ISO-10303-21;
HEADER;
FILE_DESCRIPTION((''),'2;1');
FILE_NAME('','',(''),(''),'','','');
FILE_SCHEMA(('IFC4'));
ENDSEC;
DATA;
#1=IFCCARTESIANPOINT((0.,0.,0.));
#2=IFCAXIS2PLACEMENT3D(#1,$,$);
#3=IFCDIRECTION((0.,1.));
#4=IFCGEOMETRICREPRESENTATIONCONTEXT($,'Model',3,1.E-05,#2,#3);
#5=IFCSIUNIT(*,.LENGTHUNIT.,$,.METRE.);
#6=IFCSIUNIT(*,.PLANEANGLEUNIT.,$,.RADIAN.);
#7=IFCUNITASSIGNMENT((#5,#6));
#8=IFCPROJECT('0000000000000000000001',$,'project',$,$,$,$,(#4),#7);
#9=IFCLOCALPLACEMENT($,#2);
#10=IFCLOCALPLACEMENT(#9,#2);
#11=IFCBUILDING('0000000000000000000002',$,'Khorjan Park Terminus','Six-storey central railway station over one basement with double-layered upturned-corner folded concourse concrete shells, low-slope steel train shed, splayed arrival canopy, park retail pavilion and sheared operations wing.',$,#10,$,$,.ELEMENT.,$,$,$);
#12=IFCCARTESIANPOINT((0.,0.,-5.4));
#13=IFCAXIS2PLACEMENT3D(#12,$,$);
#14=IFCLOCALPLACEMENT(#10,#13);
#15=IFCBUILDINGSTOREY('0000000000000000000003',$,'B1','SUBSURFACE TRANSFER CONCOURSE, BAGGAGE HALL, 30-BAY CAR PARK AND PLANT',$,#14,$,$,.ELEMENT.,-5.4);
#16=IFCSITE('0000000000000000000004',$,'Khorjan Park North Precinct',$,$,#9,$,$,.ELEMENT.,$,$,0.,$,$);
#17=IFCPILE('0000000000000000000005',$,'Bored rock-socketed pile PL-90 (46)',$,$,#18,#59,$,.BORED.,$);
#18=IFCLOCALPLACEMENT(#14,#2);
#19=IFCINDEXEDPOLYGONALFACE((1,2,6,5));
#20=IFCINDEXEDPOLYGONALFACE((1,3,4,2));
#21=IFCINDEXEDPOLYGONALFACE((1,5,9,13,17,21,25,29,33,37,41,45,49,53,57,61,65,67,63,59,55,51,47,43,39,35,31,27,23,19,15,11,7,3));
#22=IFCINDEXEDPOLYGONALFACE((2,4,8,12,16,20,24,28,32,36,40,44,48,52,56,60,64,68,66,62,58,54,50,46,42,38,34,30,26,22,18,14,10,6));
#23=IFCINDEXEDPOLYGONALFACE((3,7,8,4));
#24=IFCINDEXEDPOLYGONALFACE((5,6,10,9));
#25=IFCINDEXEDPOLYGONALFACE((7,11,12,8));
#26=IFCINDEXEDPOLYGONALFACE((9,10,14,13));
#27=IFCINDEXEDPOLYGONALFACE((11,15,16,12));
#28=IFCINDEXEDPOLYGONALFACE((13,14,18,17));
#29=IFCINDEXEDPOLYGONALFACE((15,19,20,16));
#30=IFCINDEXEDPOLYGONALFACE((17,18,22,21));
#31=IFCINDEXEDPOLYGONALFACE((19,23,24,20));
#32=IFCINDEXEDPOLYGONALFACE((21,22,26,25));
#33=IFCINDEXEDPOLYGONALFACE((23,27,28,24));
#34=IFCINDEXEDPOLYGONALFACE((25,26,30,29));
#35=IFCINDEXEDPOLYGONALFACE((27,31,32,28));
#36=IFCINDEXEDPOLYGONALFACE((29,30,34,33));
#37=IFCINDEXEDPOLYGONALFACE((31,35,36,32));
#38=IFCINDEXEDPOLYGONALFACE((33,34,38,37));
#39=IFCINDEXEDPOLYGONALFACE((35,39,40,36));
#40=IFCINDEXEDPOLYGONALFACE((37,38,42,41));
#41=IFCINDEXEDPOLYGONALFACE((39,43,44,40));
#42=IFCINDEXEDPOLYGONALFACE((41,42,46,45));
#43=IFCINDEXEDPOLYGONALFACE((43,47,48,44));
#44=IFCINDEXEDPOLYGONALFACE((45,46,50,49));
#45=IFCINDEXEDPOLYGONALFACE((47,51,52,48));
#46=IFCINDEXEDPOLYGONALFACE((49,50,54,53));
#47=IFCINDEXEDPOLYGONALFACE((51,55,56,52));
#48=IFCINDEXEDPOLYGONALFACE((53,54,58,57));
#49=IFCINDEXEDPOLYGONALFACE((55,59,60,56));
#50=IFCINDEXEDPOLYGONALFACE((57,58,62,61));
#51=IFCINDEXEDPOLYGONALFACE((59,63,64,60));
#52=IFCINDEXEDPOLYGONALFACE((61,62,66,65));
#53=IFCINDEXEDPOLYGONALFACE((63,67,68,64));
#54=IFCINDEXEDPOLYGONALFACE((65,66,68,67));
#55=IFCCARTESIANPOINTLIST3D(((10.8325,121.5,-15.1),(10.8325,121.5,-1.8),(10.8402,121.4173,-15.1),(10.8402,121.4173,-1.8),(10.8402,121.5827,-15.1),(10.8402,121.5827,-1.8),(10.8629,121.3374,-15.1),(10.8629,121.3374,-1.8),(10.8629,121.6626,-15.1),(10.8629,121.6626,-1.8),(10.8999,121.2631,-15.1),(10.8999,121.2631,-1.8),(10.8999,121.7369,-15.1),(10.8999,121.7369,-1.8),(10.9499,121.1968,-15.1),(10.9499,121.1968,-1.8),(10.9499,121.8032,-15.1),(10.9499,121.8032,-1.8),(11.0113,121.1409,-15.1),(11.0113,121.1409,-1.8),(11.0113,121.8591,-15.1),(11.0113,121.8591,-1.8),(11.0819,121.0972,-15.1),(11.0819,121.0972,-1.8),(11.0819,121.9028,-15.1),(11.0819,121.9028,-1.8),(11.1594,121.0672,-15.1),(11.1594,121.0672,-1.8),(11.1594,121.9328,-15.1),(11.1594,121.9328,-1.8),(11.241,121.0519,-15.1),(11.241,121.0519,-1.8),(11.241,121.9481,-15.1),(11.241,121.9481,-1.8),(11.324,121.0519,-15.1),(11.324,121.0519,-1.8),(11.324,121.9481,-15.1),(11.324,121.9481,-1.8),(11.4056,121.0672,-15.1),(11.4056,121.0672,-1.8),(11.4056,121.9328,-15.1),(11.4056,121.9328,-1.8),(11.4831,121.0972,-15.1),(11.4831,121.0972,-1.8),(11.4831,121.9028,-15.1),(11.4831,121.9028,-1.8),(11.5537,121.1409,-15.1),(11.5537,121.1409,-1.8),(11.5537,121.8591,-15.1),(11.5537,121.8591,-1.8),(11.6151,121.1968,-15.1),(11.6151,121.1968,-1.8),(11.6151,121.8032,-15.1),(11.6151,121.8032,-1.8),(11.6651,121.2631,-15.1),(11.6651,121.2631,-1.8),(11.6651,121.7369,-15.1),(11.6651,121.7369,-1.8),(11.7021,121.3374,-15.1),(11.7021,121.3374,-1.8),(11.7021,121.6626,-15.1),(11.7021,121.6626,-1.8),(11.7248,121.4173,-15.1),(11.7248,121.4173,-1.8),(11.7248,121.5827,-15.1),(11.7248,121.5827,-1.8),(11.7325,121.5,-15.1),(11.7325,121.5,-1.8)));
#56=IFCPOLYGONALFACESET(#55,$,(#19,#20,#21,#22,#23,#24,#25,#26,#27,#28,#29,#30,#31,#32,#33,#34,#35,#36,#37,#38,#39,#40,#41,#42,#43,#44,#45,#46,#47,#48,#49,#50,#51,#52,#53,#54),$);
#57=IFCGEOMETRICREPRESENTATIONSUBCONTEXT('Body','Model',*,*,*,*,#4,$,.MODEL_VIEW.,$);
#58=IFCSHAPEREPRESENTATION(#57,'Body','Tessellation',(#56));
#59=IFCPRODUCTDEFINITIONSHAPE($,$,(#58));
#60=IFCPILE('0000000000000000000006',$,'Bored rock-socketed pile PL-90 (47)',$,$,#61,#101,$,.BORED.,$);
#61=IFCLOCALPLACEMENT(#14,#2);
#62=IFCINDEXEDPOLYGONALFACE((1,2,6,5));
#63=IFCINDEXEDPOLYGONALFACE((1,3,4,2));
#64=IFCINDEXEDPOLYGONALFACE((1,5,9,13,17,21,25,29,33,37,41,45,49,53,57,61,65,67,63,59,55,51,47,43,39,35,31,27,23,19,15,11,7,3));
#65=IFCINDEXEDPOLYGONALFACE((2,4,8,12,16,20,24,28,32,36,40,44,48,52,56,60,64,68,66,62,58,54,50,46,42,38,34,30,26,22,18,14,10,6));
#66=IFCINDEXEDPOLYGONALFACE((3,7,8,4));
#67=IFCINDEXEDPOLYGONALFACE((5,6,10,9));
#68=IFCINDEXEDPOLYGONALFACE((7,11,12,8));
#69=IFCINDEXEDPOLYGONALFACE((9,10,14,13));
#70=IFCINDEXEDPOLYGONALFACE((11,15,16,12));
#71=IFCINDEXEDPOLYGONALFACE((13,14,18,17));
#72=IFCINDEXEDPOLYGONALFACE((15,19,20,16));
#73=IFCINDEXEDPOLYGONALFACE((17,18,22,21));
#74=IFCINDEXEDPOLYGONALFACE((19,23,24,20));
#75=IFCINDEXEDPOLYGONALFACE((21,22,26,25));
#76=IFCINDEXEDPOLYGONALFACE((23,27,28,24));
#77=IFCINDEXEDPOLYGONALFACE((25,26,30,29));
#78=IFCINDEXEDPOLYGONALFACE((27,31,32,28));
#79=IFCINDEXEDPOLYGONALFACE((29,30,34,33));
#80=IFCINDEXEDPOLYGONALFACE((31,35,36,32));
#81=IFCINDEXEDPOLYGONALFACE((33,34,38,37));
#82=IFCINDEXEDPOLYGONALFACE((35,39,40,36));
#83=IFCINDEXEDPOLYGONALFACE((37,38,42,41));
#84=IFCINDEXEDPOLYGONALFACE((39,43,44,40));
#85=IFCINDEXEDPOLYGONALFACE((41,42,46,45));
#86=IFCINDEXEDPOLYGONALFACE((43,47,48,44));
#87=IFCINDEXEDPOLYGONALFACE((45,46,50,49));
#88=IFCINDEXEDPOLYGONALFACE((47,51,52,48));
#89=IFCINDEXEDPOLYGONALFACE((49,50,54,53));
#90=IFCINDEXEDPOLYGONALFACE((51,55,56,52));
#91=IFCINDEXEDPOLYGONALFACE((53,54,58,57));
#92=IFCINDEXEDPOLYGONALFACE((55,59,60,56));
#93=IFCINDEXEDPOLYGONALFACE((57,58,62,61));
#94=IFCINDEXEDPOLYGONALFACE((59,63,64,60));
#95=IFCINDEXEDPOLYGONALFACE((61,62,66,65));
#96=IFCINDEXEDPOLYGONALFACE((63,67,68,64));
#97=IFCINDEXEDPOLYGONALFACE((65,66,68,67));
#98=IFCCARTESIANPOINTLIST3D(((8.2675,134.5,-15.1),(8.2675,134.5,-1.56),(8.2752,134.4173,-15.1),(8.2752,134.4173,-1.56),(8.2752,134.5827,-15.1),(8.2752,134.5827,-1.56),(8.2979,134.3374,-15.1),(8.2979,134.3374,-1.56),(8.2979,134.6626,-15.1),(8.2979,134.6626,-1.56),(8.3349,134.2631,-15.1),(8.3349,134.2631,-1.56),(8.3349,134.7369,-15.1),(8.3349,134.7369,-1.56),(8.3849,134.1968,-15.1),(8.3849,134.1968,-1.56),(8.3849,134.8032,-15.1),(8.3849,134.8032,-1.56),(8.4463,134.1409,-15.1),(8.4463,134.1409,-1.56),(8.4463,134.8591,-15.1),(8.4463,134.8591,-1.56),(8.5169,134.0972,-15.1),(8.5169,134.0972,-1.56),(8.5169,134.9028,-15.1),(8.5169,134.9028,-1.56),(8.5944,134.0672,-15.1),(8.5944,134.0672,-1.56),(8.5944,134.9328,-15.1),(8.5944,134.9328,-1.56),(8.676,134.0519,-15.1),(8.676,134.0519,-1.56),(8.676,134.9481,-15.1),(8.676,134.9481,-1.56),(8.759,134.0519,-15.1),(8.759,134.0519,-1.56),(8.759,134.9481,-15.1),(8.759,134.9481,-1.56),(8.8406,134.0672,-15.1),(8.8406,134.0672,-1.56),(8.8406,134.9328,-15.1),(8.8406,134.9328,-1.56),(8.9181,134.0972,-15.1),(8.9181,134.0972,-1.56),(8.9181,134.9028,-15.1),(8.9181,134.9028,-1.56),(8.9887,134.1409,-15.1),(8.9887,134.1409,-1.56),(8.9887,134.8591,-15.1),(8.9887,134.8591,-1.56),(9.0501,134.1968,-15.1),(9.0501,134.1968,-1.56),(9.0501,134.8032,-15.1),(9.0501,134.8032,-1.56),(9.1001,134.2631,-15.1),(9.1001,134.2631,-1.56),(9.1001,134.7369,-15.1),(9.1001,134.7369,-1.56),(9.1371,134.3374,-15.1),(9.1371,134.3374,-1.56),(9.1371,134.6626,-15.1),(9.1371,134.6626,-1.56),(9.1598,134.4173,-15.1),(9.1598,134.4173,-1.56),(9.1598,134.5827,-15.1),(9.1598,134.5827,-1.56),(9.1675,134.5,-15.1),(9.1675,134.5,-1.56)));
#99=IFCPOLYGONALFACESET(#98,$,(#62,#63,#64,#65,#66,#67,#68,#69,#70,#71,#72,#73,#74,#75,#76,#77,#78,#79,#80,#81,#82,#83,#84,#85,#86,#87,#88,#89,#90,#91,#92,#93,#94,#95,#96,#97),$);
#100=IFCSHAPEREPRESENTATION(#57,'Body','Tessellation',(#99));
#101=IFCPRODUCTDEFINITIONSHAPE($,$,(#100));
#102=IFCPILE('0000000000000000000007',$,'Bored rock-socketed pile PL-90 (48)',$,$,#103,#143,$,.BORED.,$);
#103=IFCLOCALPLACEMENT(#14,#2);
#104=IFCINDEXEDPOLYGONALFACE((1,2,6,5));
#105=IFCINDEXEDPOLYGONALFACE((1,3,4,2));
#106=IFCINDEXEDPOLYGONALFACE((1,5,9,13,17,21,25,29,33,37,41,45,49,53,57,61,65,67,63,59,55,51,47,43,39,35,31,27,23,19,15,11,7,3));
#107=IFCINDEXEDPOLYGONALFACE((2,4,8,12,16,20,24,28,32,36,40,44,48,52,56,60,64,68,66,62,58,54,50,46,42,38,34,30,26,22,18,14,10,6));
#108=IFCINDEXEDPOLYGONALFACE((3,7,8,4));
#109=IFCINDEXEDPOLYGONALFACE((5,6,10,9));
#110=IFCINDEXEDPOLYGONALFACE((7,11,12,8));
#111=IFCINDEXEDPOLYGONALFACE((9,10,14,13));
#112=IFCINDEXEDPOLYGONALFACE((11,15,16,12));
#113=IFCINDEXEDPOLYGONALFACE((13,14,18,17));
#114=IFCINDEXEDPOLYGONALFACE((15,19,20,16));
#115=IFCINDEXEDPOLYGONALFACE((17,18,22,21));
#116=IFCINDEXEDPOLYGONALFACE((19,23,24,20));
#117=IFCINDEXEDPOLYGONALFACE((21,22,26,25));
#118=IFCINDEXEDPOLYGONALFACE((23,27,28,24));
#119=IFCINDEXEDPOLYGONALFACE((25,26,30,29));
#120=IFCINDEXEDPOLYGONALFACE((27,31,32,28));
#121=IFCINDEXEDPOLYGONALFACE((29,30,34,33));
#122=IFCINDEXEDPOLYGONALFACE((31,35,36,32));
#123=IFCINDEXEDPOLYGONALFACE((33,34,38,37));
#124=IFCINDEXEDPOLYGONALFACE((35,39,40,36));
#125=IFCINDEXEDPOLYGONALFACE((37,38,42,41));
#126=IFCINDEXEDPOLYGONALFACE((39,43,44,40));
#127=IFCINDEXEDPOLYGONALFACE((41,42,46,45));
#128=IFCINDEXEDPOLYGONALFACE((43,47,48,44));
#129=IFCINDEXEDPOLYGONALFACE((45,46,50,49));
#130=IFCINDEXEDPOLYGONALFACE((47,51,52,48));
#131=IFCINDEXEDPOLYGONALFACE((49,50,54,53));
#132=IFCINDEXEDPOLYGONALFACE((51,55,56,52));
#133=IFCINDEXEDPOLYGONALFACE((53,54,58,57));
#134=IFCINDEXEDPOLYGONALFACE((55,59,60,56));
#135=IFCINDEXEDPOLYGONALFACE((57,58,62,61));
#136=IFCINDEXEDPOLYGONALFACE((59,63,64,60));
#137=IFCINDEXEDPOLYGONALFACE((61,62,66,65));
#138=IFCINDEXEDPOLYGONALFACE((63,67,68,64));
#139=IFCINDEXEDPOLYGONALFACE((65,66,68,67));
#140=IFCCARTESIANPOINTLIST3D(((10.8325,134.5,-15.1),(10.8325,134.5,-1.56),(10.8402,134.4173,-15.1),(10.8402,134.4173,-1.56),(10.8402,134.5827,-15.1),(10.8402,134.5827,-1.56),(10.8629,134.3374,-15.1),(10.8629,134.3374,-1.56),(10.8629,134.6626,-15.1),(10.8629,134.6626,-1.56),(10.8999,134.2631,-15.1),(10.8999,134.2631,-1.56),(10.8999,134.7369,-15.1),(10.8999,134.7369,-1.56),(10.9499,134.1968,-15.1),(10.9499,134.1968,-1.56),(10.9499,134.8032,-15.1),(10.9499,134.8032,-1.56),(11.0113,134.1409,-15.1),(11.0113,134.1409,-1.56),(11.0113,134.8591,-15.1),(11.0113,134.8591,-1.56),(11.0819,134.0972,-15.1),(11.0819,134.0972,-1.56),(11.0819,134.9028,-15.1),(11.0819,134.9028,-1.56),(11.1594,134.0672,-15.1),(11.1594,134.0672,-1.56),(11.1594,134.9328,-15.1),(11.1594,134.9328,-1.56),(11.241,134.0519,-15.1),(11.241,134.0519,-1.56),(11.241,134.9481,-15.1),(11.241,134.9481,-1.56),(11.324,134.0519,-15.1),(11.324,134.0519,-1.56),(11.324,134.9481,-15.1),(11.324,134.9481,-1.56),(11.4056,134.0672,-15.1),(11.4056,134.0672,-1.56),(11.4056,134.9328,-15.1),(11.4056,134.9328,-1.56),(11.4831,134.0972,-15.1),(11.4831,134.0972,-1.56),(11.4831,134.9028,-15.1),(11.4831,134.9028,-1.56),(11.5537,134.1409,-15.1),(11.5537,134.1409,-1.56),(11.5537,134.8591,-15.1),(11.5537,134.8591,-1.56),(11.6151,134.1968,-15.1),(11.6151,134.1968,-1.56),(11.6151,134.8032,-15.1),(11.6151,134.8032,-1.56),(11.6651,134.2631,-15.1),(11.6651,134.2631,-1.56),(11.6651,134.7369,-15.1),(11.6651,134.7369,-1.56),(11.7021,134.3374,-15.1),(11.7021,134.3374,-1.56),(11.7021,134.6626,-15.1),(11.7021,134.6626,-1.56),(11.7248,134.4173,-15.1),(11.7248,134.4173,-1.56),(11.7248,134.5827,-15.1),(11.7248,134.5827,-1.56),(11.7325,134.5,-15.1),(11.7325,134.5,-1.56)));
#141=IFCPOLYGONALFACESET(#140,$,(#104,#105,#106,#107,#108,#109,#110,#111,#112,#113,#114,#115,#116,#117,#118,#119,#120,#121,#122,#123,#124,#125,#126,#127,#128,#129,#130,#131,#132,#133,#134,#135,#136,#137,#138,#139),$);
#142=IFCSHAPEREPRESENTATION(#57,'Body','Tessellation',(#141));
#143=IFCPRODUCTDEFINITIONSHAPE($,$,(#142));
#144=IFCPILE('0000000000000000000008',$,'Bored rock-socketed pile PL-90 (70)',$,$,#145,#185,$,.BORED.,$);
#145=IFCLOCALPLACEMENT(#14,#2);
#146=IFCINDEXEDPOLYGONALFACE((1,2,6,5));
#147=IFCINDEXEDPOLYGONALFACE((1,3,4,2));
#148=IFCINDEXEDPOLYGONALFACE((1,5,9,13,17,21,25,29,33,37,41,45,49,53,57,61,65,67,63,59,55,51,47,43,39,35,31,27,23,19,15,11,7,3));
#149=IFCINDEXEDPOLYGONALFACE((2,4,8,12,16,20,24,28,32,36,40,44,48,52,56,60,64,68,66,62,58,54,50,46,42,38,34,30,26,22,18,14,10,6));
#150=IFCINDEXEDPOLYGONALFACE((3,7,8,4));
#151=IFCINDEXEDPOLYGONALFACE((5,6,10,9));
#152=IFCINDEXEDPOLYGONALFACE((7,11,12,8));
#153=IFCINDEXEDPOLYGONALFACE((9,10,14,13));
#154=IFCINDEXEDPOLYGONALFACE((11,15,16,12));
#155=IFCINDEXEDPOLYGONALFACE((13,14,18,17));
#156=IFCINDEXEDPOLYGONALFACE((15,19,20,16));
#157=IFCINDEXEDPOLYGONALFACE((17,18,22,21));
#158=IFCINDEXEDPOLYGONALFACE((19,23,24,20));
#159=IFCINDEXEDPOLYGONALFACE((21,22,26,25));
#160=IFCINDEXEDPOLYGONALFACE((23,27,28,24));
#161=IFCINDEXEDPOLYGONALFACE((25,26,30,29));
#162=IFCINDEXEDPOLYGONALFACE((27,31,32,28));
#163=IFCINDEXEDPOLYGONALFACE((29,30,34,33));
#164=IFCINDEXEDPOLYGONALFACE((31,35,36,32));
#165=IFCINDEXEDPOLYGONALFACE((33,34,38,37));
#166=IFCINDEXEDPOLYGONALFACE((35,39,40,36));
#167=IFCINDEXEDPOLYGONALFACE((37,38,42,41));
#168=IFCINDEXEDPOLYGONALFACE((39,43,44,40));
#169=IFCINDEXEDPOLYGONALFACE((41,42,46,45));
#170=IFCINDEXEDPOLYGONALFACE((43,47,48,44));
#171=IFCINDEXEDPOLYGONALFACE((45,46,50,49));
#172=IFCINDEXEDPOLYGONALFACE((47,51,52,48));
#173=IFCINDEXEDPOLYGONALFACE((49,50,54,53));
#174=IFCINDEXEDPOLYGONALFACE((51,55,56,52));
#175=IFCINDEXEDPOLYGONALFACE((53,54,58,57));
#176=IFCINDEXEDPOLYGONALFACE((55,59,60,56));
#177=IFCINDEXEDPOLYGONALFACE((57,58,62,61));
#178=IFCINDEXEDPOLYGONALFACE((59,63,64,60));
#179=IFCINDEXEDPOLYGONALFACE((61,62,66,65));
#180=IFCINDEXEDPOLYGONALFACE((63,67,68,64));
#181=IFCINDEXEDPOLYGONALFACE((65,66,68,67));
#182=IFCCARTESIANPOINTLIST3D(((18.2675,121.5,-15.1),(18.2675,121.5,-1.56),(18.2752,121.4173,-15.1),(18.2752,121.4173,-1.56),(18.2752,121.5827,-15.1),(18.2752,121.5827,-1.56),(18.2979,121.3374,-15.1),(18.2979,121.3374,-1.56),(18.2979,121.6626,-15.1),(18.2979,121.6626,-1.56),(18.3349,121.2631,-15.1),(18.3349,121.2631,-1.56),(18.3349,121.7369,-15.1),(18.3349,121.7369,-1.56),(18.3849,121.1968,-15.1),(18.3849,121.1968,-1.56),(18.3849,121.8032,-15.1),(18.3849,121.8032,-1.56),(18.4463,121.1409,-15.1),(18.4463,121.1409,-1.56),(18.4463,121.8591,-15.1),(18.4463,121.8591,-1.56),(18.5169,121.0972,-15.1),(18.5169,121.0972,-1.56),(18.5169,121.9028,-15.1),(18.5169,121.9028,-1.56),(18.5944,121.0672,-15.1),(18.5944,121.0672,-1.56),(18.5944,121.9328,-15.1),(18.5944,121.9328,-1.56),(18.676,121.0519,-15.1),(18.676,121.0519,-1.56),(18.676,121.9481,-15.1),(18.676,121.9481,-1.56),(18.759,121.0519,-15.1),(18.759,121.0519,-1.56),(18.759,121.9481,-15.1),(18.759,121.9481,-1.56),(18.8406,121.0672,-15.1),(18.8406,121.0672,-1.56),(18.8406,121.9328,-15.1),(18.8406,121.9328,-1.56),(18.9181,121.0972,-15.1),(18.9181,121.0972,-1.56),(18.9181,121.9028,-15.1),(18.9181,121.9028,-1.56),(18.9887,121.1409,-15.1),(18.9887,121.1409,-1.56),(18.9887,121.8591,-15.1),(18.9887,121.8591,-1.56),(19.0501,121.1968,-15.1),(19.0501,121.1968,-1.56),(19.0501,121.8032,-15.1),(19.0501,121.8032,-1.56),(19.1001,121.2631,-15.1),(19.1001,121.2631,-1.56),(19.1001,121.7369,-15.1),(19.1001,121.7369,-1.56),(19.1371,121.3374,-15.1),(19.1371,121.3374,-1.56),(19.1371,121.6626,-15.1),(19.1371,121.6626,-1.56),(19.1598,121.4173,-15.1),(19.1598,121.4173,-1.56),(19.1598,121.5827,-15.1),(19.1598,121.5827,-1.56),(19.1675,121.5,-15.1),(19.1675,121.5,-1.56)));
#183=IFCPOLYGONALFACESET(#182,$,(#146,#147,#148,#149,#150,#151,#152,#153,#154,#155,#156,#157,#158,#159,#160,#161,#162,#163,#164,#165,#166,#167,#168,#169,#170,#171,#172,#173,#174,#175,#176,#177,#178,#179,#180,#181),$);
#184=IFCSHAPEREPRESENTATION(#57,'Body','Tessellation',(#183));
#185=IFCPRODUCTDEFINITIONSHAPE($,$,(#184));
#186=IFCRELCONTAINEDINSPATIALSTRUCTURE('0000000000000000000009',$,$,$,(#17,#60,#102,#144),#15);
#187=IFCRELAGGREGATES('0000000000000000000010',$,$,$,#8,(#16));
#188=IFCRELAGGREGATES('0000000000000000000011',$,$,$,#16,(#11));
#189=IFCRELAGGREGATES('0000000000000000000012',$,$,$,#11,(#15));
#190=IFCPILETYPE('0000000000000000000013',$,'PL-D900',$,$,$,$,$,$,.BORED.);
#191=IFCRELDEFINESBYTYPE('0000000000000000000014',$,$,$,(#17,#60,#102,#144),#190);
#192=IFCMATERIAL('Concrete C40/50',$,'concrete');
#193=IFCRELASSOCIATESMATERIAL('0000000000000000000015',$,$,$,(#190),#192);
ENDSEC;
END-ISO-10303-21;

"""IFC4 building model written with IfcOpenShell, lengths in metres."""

from ifc_helpers import new_model, si_unit, direction, frame, origin, origin_2d, place, context, subcontext, project, spatial, circle, extrude, material, material_profile, profile_set, type_object, element, save


model = new_model("IFC4")

# Units and contexts
model_context = context("Model", 3, precision=1e-05, world=origin(), true_north=direction((0.0, 1.0)))
body_context = subcontext(model_context, "Body", "Model", "MODEL_VIEW")
ifc_project = project(units=[si_unit("LENGTHUNIT", "METRE"), si_unit("PLANEANGLEUNIT", "RADIAN")], contexts=[model_context])

# Site, building, storey
site_placement = place(None, origin())
site = spatial("IfcSite", under=ifc_project, at=site_placement, Name="Khorjan Park North Precinct", CompositionType="ELEMENT", RefElevation=0.0)
building_placement = place(site_placement, origin())
building = spatial("IfcBuilding", under=site, at=building_placement, Name="Khorjan Park Terminus", Description="Six-storey central railway station over one basement with double-layered upturned-corner folded concourse concrete shells, low-slope steel train shed, splayed arrival canopy, park retail pavilion and sheared operations wing.", CompositionType="ELEMENT")
storey_placement = place(building_placement, frame((0.0, 0.0, -5.4)))
storey = spatial("IfcBuildingStorey", under=building, at=storey_placement, Name="B1", Description="SUBSURFACE TRANSFER CONCOURSE, BAGGAGE HALL, 30-BAY CAR PARK AND PLANT", CompositionType="ELEMENT", Elevation=-5.4)

# Shared definitions
ifc_material = material(Name="Concrete C40/50", Category="concrete")

# Piles
ifc_material_profile_1 = material_profile(ifc_material, circle(Radius=0.45, at=origin_2d()), Name="BORED D900")
ifc_profile_set_1 = profile_set([ifc_material_profile_1], Name="Concrete C40/50")
pile_type = type_object("IfcPileType", Name="PL-D900", PredefinedType="BORED", material=ifc_profile_set_1)
pile_1_placement = place(storey_placement, frame((11.2825, 121.5, -1.8), z_axis=(0.0, 0.0, -1.0), x_axis=(1.0, 0.0, 0.0)))
element("IfcPile", 1, at=pile_1_placement, inside=storey, type_object=pile_type, Name="Bored rock-socketed pile PL-90 (46)", PredefinedType="BORED", context=body_context, shape_type="SweptSolid", body=[
    extrude(circle(Radius=0.45, at=origin_2d()), origin(), (0.0, 0.0, 1.0), 13.3),
])
for number, where, z_axis, x_axis, name in (
    (2, (8.7175, 134.5, -1.56), (0.0, 0.0, -1.0), (1.0, 0.0, 0.0), "Bored rock-socketed pile PL-90 (47)"),
    (3, (11.2825, 134.5, -1.56), (0.0, 0.0, -1.0), (1.0, 0.0, 0.0), "Bored rock-socketed pile PL-90 (48)"),
    (4, (18.7175, 121.5, -1.56), (0.0, 0.0, -1.0), (1.0, 0.0, 0.0), "Bored rock-socketed pile PL-90 (70)"),
):
    element("IfcPile", number, at=place(storey_placement, frame(where, z_axis=z_axis, x_axis=x_axis)), inside=storey, type_object=pile_type, Name=name, PredefinedType="BORED", context=body_context, shape_type="SweptSolid", body=[
        extrude(circle(Radius=0.45, at=origin_2d()), origin(), (0.0, 0.0, 1.0), 13.54),
    ])

save(model, "model.ifc")
